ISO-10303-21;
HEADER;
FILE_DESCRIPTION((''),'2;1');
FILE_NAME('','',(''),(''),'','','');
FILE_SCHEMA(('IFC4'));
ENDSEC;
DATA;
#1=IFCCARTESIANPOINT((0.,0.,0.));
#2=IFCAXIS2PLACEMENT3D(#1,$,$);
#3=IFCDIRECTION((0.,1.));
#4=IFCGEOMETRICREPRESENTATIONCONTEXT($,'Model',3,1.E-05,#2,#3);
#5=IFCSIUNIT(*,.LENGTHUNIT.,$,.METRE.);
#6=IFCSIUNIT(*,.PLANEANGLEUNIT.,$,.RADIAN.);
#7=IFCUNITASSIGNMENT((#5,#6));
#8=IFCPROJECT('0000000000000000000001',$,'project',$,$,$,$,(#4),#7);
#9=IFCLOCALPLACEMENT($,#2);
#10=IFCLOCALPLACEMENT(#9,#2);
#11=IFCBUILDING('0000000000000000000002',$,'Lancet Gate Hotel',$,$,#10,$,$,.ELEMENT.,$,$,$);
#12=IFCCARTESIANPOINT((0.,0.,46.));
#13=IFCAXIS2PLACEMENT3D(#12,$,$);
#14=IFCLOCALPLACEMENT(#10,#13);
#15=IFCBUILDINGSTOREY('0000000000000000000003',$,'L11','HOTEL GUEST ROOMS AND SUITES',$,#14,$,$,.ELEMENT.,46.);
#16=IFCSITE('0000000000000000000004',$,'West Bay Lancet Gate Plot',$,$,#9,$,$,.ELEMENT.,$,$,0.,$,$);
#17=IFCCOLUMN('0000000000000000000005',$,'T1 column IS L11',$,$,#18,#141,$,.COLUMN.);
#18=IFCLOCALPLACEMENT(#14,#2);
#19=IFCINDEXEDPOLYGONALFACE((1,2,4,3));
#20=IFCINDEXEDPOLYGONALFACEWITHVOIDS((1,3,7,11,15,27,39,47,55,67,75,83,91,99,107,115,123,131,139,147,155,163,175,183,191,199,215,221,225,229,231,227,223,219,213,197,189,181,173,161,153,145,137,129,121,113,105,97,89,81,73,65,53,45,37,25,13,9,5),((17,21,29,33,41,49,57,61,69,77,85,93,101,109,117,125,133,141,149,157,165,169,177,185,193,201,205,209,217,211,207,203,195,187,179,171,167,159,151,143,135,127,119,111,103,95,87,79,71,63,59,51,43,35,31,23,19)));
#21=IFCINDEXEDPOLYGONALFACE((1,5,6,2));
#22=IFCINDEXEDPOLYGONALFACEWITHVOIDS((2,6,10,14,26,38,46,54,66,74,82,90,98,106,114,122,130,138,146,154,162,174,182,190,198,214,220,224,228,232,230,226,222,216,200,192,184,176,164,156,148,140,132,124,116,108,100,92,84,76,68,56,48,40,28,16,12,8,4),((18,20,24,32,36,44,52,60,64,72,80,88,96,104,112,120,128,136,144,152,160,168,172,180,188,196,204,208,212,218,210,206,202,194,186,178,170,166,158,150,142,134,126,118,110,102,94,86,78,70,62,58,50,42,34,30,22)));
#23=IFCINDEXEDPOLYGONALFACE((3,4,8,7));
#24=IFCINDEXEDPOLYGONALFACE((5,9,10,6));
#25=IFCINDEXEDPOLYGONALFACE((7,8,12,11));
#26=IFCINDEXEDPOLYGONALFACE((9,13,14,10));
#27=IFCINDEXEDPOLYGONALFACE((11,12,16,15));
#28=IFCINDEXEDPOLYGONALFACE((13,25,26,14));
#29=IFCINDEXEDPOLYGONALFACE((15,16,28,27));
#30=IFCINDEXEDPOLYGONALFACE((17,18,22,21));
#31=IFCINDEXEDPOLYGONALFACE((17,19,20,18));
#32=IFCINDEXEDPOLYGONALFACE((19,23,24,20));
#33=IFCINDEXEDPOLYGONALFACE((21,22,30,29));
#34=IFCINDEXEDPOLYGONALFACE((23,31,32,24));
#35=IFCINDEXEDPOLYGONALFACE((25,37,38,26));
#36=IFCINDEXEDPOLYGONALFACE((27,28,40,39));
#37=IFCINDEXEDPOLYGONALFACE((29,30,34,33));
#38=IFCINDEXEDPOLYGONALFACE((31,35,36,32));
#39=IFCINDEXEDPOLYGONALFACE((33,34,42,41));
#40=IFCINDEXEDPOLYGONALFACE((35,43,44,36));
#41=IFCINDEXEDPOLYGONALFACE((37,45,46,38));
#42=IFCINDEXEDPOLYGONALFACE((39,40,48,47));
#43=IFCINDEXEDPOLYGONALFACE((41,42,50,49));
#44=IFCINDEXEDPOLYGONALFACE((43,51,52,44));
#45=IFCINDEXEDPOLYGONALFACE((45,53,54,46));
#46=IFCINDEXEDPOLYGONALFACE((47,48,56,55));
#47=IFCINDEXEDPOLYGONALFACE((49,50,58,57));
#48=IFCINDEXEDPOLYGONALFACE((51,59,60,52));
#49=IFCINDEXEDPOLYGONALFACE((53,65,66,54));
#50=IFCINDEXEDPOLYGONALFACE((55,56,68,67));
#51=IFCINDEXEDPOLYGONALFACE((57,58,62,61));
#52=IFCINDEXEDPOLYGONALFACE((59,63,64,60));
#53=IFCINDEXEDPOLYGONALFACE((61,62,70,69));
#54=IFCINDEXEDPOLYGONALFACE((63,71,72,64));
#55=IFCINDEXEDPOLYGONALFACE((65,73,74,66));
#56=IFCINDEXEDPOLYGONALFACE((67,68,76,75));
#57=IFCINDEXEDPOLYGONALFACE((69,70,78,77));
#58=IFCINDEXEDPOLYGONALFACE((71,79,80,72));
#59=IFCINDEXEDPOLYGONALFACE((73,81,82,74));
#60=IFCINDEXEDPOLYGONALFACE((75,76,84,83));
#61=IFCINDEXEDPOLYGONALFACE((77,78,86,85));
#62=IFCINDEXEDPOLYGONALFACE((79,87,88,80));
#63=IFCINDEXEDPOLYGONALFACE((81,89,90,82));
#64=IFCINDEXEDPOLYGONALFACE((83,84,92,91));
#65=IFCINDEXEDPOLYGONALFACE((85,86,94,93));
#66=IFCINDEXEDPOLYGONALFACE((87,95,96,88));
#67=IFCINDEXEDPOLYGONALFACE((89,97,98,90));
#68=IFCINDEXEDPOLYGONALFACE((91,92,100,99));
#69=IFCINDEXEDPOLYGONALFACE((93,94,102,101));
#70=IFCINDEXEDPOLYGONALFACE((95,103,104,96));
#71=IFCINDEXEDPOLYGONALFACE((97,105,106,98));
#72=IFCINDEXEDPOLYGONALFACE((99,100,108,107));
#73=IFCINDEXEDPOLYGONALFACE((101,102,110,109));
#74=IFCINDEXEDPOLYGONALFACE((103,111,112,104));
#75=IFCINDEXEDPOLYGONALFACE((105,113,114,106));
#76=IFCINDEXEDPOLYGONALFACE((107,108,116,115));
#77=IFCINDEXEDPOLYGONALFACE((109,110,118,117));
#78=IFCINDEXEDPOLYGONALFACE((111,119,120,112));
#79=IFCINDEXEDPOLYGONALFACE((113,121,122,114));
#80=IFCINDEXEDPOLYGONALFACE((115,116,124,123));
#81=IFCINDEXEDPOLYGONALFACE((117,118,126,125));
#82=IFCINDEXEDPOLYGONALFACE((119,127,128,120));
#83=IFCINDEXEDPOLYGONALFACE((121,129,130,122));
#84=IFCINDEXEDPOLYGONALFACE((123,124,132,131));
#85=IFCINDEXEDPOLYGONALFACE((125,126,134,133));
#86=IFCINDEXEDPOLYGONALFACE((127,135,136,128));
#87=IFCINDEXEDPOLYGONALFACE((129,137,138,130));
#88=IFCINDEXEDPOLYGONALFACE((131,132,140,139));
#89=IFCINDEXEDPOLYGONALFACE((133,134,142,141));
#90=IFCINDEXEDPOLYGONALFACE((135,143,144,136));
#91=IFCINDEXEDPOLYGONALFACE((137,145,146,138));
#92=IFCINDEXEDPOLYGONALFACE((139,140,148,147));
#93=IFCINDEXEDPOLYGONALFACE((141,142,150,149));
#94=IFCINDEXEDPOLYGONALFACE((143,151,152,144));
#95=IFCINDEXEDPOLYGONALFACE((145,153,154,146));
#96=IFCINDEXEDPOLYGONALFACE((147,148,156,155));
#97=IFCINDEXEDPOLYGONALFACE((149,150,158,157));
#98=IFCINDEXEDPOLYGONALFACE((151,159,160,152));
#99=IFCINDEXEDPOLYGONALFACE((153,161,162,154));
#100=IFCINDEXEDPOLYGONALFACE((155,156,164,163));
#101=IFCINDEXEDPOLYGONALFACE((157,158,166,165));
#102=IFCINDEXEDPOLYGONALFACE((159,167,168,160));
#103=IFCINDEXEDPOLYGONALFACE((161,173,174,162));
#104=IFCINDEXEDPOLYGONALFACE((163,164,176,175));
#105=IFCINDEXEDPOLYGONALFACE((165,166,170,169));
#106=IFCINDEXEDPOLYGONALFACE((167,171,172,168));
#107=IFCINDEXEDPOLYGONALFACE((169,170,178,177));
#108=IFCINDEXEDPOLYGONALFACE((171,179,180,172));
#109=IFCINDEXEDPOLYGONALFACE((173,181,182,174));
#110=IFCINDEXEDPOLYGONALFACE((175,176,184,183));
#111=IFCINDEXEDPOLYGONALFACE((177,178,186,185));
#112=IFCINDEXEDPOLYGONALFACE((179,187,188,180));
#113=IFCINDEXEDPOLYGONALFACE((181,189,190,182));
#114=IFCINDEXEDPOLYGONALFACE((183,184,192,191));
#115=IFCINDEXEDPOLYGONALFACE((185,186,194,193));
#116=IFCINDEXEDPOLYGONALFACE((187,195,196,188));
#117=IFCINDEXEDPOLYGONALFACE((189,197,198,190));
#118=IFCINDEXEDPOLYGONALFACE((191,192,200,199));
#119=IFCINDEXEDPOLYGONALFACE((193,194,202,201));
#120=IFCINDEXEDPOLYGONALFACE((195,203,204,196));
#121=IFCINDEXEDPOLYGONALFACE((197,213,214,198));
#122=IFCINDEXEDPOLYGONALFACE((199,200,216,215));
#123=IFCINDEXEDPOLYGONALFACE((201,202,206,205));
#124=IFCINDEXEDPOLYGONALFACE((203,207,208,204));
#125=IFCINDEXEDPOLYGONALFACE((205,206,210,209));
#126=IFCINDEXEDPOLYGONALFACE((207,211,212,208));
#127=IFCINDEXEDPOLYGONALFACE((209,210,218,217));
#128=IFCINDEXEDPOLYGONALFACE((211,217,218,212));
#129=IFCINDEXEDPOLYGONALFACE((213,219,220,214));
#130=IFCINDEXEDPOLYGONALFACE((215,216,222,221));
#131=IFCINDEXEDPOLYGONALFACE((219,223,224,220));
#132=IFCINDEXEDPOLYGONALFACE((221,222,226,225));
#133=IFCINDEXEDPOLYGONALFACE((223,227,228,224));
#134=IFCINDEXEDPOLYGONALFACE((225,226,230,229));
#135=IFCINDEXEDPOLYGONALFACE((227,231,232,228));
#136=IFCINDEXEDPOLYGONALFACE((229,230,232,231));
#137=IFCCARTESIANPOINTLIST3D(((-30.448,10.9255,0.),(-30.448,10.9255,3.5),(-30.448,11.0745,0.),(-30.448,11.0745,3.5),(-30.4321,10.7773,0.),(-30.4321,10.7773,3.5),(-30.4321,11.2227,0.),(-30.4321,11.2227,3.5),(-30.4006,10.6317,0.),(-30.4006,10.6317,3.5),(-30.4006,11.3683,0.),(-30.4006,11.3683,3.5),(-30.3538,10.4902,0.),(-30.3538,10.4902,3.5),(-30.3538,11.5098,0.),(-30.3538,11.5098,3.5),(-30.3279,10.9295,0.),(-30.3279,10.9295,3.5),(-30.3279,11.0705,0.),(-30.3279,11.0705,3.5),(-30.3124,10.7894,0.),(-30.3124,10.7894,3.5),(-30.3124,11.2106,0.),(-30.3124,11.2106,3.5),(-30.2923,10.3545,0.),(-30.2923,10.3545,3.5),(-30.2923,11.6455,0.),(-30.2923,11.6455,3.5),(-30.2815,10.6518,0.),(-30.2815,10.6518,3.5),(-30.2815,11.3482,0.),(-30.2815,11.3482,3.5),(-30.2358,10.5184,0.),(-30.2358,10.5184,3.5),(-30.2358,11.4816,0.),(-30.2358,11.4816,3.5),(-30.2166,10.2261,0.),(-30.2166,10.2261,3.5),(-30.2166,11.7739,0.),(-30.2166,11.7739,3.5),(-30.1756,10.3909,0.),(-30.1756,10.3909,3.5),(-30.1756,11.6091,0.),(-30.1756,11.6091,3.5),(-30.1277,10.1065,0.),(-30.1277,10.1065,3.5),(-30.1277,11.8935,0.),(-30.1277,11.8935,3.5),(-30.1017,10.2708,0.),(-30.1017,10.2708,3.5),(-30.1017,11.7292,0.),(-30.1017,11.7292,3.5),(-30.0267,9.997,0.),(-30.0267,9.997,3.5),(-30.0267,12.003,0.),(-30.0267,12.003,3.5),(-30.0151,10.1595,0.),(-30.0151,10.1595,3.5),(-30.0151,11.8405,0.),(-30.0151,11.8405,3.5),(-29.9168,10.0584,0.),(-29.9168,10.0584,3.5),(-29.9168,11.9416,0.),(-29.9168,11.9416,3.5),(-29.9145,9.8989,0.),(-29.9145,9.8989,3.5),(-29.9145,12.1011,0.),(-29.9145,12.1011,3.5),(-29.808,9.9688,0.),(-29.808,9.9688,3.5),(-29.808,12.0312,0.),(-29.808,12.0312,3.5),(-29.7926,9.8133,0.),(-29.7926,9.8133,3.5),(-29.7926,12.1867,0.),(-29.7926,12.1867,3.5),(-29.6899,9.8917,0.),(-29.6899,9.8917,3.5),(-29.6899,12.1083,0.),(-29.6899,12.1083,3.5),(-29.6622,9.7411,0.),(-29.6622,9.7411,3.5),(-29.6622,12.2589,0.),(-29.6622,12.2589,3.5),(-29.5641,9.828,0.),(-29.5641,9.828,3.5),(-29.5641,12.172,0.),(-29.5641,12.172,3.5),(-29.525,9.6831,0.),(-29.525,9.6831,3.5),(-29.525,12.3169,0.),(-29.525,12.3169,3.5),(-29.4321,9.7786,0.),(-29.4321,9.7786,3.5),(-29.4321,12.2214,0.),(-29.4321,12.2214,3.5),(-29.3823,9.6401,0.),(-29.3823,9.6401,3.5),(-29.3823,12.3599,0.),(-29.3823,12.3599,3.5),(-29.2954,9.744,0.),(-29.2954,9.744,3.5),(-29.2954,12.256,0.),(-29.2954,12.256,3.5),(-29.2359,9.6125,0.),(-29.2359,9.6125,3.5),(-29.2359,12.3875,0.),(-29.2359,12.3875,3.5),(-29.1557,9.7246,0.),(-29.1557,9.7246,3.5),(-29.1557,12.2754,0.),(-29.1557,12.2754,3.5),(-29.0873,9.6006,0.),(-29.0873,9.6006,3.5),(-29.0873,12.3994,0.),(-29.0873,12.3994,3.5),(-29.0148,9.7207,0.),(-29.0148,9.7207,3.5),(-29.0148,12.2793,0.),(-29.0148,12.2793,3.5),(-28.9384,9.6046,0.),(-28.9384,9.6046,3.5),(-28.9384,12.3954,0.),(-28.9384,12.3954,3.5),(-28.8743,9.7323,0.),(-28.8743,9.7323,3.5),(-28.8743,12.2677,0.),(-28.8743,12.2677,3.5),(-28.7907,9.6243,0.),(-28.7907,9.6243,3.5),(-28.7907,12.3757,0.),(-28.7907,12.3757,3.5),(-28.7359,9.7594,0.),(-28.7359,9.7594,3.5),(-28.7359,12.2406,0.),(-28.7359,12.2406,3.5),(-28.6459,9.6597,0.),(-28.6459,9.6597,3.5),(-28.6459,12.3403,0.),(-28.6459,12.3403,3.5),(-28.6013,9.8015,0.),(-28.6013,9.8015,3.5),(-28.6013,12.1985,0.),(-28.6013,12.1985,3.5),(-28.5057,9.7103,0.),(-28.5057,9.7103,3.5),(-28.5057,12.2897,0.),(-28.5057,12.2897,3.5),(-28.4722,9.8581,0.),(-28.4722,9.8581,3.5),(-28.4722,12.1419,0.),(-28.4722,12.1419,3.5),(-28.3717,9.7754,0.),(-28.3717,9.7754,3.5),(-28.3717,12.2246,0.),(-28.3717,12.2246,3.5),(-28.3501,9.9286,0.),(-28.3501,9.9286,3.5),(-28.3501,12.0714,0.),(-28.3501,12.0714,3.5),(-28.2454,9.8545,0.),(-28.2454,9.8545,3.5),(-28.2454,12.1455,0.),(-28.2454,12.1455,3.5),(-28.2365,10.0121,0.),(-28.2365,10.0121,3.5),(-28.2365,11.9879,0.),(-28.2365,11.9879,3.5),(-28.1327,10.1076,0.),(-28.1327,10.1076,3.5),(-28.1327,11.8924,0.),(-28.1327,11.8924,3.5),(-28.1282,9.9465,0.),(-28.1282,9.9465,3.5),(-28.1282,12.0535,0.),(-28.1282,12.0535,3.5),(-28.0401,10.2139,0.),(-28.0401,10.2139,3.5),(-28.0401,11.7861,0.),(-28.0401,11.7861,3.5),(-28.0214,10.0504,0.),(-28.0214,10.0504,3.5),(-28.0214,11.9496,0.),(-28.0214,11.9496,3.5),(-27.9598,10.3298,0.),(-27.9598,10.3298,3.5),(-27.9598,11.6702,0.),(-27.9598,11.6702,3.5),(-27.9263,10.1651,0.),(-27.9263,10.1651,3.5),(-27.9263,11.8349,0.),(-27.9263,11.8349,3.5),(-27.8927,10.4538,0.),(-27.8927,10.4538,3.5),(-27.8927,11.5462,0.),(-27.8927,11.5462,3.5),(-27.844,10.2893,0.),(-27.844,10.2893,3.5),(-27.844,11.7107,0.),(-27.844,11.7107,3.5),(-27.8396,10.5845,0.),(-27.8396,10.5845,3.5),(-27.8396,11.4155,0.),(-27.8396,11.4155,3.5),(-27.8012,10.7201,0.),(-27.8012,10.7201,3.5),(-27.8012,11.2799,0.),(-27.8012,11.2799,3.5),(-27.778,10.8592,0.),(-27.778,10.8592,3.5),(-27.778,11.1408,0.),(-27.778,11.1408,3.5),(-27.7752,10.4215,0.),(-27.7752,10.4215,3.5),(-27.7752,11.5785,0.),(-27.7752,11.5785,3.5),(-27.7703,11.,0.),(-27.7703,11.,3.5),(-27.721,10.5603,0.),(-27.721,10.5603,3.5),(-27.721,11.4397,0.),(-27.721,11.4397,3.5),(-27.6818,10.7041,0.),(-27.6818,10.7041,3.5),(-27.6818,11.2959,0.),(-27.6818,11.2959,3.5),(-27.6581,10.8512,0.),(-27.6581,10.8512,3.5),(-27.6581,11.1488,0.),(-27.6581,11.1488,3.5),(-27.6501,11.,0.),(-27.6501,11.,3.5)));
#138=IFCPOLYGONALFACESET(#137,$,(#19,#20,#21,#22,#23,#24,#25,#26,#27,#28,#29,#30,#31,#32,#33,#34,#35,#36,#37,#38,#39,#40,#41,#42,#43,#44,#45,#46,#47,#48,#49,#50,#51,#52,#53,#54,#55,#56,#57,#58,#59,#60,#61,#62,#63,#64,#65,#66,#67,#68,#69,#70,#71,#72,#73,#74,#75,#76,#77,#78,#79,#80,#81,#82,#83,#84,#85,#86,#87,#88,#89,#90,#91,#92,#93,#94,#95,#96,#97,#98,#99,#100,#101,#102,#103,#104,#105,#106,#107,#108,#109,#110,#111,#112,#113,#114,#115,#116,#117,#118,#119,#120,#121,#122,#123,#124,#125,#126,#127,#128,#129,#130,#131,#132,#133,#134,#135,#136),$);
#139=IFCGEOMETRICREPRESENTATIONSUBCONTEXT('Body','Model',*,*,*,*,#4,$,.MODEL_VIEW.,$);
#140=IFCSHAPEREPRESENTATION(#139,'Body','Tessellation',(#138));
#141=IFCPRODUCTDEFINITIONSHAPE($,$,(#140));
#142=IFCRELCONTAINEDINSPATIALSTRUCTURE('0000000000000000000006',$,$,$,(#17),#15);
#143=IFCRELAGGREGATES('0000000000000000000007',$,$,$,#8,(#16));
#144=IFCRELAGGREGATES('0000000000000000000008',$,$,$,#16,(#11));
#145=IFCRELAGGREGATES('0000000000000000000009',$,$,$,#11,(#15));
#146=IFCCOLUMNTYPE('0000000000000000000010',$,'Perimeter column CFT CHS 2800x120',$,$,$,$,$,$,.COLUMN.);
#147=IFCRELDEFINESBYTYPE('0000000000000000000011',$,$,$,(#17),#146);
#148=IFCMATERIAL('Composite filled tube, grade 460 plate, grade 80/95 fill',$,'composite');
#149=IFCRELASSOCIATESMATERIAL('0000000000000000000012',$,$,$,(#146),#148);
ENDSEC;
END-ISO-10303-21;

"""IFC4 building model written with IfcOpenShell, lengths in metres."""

from ifc_helpers import new_model, si_unit, direction, frame, origin, origin_2d, place, context, subcontext, project, spatial, hollow_circle, extrude, material, material_profile, profile_set, type_object, element, save


model = new_model("IFC4")

# Units and contexts
model_context = context("Model", 3, precision=1e-05, world=origin(), true_north=direction((0.0, 1.0)))
body_context = subcontext(model_context, "Body", "Model", "MODEL_VIEW")
ifc_project = project(units=[si_unit("LENGTHUNIT", "METRE"), si_unit("PLANEANGLEUNIT", "RADIAN")], contexts=[model_context])

# Site, building, storey
site_placement = place(None, origin())
site = spatial("IfcSite", under=ifc_project, at=site_placement, Name="West Bay Lancet Gate Plot", CompositionType="ELEMENT", RefElevation=0.0)
building_placement = place(site_placement, origin())
building = spatial("IfcBuilding", under=site, at=building_placement, Name="Lancet Gate Hotel", CompositionType="ELEMENT")
storey_placement = place(building_placement, frame((0.0, 0.0, 46.0)))
storey = spatial("IfcBuildingStorey", under=building, at=storey_placement, Name="L11", Description="HOTEL GUEST ROOMS AND SUITES", CompositionType="ELEMENT", Elevation=46.0)

# Column
ifc_material_1 = material(Name="Composite filled tube, grade 460 plate, grade 80/95 fill", Category="composite")
ifc_material_profile_1 = material_profile(ifc_material_1, hollow_circle(Radius=1.3999, WallThickness=0.1201, at=origin_2d()), Name="CHS 2800x120")
ifc_profile_set_1 = profile_set([ifc_material_profile_1], Name="Composite filled tube, grade 460 plate, grade 80/95 fill")
column_type = type_object("IfcColumnType", Name="Perimeter column CFT CHS 2800x120", PredefinedType="COLUMN", material=ifc_profile_set_1)
for number, where, z_axis, x_axis, name in (
    (1, (-29.05, 11.0, 0.0), (0.0, 0.0, 1.0), (1.0, 0.0, 0.0), "T1 column IS L11"),
):
    element("IfcColumn", number, at=place(storey_placement, frame(where, z_axis=z_axis, x_axis=x_axis)), inside=storey, type_object=column_type, Name=name, PredefinedType="COLUMN", context=body_context, shape_type="SweptSolid", body=[
        extrude(hollow_circle(Radius=1.3999, WallThickness=0.1201, at=origin_2d()), origin(), (0.0, 0.0, 1.0), 3.5),
    ])

save(model, "model.ifc")
